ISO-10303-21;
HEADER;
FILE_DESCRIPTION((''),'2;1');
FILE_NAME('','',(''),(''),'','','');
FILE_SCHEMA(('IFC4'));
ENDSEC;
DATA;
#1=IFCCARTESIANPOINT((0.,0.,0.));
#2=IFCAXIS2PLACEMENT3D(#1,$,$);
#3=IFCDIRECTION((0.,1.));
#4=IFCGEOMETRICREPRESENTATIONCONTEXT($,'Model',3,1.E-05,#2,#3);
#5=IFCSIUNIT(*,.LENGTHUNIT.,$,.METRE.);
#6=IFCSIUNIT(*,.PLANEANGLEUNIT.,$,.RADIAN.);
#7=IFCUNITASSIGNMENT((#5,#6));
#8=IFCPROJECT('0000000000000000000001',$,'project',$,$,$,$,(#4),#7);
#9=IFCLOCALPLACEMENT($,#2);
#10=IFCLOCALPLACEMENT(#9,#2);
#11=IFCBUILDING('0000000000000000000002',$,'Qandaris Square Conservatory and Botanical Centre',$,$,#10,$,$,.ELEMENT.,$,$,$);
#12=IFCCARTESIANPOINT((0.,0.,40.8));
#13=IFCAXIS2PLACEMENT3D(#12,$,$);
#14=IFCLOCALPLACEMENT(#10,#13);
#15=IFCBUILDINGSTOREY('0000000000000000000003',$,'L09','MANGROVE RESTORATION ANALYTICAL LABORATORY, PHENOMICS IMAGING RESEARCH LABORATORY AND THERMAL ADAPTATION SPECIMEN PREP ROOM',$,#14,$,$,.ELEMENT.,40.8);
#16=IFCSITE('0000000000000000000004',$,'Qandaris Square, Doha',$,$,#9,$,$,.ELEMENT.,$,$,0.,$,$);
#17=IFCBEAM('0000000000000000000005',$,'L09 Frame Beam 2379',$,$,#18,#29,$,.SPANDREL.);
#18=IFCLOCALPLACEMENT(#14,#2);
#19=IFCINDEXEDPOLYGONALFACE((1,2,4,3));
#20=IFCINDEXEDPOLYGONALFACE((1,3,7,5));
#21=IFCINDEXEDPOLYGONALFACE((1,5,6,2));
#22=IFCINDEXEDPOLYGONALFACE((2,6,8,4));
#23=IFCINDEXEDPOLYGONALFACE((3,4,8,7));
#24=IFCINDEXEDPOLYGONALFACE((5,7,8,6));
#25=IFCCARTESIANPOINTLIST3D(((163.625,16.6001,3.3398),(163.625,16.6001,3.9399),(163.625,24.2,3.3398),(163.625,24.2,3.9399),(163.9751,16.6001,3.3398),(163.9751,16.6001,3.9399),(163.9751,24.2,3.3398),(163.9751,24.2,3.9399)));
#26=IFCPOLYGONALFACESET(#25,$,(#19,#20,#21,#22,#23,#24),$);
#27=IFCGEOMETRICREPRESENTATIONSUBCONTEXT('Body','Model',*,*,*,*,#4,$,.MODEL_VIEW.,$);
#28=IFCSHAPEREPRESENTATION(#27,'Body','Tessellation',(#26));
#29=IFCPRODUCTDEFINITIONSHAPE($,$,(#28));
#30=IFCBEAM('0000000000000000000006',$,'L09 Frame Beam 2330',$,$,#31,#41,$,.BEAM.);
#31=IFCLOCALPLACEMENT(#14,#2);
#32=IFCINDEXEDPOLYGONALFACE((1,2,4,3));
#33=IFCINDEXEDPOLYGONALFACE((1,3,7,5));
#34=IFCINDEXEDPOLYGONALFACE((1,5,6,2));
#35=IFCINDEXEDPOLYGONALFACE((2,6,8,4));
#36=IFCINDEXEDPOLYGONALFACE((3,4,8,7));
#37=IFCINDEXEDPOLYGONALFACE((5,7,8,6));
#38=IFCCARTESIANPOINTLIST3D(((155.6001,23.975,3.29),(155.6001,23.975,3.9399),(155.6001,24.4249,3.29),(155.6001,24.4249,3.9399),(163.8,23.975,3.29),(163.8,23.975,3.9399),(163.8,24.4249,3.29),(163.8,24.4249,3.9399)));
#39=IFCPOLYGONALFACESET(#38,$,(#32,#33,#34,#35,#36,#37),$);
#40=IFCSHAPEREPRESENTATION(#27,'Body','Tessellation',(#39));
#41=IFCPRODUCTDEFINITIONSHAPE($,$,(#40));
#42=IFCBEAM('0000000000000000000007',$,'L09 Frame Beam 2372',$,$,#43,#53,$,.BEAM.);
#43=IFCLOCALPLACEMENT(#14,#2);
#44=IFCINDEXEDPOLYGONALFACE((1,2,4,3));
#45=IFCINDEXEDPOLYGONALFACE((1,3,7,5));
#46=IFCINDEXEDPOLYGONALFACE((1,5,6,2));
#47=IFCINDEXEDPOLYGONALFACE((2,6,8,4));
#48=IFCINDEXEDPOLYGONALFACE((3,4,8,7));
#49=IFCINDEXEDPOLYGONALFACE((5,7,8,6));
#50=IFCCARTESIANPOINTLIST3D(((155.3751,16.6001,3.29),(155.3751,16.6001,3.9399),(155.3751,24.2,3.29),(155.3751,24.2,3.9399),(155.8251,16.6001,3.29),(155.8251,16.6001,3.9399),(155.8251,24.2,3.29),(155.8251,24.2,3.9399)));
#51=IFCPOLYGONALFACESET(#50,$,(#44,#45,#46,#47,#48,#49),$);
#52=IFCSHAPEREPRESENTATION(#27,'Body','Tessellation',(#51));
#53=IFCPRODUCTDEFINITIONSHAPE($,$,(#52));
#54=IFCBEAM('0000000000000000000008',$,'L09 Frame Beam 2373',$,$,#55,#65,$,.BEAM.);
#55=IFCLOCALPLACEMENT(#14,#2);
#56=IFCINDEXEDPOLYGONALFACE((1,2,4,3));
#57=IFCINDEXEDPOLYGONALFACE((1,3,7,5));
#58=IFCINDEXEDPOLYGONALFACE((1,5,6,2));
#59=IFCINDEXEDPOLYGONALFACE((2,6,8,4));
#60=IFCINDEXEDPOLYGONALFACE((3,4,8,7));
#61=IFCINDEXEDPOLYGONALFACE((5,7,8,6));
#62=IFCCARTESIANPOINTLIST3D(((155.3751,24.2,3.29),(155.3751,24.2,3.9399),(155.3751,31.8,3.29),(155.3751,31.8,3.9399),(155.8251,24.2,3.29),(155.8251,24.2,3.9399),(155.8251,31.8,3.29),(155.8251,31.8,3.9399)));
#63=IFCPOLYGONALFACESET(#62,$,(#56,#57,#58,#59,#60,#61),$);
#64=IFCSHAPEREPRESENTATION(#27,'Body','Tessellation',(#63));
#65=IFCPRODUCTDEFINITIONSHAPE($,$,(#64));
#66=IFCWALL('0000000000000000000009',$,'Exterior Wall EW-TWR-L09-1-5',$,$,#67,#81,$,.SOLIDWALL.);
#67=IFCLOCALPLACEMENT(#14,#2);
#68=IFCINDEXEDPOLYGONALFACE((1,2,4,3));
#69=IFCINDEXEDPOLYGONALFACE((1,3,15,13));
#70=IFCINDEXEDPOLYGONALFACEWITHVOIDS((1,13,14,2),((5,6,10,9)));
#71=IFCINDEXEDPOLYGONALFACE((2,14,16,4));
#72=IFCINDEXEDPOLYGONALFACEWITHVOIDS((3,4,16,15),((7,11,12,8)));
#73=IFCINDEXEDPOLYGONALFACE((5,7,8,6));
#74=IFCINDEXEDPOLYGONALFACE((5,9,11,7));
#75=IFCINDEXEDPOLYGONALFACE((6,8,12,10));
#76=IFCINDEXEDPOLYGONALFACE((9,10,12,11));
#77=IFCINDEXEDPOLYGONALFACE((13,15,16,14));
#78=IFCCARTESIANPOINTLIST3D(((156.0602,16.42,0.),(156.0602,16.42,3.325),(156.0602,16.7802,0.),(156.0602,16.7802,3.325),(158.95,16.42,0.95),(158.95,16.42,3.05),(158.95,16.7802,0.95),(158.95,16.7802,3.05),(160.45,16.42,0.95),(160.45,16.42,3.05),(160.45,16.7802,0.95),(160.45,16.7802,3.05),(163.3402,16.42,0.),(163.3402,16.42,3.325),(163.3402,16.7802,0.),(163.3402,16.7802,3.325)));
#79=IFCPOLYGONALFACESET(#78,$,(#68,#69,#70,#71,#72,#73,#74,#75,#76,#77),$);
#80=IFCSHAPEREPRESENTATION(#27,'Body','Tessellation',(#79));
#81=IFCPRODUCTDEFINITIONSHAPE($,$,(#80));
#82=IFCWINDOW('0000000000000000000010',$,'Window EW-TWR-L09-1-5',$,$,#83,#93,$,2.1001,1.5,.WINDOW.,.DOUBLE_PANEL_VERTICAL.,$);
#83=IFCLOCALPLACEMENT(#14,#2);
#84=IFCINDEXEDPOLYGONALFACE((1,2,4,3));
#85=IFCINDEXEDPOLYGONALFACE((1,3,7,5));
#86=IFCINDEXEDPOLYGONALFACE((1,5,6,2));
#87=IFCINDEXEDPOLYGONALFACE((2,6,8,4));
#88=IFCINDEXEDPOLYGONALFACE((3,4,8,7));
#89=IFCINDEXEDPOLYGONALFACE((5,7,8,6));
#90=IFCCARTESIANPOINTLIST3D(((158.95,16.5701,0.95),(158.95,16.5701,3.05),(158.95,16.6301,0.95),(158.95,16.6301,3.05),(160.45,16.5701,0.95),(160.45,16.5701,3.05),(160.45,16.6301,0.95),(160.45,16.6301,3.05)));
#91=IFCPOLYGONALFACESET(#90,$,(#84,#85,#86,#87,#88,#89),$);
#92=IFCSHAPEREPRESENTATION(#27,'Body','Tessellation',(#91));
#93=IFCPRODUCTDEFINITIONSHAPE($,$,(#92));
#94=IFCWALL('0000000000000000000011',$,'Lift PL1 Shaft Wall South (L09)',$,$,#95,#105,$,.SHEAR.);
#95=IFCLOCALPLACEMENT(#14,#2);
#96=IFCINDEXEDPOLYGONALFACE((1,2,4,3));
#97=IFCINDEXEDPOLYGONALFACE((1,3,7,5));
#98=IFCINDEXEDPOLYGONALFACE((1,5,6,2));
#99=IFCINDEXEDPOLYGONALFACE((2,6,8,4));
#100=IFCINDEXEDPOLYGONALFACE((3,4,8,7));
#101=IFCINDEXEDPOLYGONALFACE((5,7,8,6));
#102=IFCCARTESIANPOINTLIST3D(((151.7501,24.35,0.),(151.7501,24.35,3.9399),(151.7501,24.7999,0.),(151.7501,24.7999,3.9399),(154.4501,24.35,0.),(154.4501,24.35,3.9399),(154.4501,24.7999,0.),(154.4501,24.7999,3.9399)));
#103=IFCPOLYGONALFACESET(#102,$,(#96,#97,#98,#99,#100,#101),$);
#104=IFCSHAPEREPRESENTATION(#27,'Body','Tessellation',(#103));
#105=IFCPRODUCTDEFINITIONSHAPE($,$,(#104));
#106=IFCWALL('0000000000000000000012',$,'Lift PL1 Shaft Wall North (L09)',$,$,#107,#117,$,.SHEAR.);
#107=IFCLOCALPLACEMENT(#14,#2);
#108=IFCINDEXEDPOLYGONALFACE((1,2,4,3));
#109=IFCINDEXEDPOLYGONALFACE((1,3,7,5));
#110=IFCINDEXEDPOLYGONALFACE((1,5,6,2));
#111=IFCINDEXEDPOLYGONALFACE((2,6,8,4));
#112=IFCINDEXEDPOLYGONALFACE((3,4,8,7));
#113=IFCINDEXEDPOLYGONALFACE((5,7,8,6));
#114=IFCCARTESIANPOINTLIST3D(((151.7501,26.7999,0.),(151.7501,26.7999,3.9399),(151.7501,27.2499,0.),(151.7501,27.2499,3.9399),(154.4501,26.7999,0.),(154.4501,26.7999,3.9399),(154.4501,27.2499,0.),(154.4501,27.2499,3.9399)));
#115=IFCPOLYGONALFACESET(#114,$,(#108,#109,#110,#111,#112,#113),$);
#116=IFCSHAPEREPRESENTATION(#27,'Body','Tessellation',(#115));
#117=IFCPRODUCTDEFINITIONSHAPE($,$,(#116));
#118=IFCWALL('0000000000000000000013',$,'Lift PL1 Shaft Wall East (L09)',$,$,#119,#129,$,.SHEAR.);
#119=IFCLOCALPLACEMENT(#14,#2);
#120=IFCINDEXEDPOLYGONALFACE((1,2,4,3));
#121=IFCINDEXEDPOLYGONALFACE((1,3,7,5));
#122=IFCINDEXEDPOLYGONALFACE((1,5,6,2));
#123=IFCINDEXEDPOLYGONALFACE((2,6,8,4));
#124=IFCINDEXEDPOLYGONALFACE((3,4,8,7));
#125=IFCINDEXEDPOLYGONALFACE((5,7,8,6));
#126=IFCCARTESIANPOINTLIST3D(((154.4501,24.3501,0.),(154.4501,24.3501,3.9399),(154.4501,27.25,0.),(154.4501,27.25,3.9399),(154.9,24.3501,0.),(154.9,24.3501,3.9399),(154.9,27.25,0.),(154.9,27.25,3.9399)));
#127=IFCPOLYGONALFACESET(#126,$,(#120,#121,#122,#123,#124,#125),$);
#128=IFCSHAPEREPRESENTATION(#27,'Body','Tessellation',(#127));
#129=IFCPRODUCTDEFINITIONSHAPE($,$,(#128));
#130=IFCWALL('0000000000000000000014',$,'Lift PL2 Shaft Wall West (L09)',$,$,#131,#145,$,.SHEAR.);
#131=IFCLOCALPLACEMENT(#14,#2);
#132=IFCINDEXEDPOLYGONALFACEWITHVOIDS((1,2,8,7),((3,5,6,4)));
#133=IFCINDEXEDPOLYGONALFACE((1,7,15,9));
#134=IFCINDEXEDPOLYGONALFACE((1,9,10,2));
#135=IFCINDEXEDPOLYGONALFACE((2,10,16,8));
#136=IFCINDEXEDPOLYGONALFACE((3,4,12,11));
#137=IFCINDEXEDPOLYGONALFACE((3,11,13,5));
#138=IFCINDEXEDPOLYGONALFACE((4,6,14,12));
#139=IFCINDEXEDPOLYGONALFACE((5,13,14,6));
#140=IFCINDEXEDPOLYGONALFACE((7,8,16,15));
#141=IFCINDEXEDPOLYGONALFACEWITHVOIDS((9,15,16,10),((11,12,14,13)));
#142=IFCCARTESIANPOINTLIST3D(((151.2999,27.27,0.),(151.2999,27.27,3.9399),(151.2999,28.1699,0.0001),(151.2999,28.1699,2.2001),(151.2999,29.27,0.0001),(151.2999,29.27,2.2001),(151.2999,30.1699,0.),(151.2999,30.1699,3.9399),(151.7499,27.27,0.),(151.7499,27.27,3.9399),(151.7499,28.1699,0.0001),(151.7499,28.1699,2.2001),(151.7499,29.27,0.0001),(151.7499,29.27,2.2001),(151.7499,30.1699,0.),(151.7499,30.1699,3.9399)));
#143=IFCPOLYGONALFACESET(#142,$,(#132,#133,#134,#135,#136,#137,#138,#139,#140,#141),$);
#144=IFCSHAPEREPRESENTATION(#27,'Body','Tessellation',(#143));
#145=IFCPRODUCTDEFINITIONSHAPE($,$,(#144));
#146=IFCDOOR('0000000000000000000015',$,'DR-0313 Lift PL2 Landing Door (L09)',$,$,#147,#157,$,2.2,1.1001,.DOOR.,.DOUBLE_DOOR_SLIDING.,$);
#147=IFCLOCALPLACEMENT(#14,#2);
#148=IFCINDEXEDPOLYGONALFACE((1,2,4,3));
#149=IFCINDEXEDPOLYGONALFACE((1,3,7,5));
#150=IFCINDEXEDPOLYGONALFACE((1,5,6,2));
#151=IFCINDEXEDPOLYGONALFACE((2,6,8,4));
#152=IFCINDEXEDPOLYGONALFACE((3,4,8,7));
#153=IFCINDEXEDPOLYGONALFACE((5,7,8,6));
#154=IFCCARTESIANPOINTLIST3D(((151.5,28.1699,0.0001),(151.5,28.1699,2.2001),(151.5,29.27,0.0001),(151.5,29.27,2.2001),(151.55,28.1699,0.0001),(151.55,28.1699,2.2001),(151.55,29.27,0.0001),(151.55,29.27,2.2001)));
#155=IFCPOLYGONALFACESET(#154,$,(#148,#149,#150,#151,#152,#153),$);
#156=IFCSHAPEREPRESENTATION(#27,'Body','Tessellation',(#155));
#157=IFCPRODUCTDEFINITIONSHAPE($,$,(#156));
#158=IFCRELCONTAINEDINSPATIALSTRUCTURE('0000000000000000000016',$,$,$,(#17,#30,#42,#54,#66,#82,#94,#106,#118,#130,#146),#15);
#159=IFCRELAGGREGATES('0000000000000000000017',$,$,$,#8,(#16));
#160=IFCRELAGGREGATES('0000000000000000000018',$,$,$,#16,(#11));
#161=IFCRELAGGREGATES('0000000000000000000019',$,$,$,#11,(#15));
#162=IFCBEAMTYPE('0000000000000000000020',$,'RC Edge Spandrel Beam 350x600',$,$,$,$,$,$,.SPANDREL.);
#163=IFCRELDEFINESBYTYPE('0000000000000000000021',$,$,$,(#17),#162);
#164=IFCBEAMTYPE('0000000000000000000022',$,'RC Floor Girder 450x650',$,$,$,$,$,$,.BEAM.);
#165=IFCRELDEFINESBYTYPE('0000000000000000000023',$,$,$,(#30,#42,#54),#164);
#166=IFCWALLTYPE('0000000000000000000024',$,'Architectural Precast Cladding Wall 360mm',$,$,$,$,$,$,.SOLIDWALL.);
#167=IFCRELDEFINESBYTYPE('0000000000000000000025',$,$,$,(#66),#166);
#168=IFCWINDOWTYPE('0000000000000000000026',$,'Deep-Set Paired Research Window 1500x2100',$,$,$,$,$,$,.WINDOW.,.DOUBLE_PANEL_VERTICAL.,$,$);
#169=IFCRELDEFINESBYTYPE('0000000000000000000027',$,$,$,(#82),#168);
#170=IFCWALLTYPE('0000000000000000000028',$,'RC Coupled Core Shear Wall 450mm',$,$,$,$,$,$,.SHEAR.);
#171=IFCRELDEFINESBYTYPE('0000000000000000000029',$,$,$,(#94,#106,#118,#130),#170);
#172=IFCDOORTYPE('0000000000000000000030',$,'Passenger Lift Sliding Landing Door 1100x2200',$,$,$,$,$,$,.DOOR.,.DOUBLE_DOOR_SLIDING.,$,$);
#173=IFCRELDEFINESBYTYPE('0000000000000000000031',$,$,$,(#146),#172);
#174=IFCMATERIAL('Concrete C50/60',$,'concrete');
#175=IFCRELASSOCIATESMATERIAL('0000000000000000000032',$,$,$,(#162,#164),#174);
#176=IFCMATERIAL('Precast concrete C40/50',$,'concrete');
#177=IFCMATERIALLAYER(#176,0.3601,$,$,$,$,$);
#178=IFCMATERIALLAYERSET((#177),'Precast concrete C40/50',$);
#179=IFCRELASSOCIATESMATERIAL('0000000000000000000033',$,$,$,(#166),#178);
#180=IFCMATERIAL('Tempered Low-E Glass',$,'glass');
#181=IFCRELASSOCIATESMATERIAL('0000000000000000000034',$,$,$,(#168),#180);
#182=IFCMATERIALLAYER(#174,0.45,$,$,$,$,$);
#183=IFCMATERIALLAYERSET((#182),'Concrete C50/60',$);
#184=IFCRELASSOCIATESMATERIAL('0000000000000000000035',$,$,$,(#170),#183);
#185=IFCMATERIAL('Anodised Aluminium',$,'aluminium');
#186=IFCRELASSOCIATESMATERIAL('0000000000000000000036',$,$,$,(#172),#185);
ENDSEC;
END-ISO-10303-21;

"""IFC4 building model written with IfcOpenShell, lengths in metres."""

from ifc_helpers import new_model, si_unit, direction, frame, frame_2d, origin, origin_2d, place, context, subcontext, project, spatial, rectangle, extrude, material, layer, layer_set, material_profile, profile_set, type_object, element, fill, save


model = new_model("IFC4")

# Units and contexts
model_context = context("Model", 3, precision=1e-05, world=origin(), true_north=direction((0.0, 1.0)))
body_context = subcontext(model_context, "Body", "Model", "MODEL_VIEW")
ifc_project = project(units=[si_unit("LENGTHUNIT", "METRE"), si_unit("PLANEANGLEUNIT", "RADIAN")], contexts=[model_context])

# Site, building, storey
site_placement = place(None, origin())
site = spatial("IfcSite", under=ifc_project, at=site_placement, Name="Qandaris Square, Doha", CompositionType="ELEMENT", RefElevation=0.0)
building_placement = place(site_placement, origin())
building = spatial("IfcBuilding", under=site, at=building_placement, Name="Qandaris Square Conservatory and Botanical Centre", CompositionType="ELEMENT")
storey_placement = place(building_placement, frame((0.0, 0.0, 40.8)))
storey = spatial("IfcBuildingStorey", under=building, at=storey_placement, Name="L09", Description="MANGROVE RESTORATION ANALYTICAL LABORATORY, PHENOMICS IMAGING RESEARCH LABORATORY AND THERMAL ADAPTATION SPECIMEN PREP ROOM", CompositionType="ELEMENT", Elevation=40.8)

# Shared definitions
ifc_material_1 = material(Name="Concrete C50/60", Category="concrete")

# Beams
ifc_material_profile_1 = material_profile(ifc_material_1, rectangle(XDim=0.3501, YDim=0.6001, at=origin_2d()), Name="RC-SP 350x600")
ifc_profile_set_1 = profile_set([ifc_material_profile_1], Name="Concrete C50/60")
beam_type_1 = type_object("IfcBeamType", Name="RC Edge Spandrel Beam 350x600", PredefinedType="SPANDREL", material=ifc_profile_set_1)
beam_1_placement = place(storey_placement, frame((163.8, 16.6001, 3.6399), z_axis=(0.0, 1.0, 0.0), x_axis=(-1.0, 0.0, 0.0)))
element("IfcBeam", 1, at=beam_1_placement, inside=storey, type_object=beam_type_1, Name="L09 Frame Beam 2379", PredefinedType="SPANDREL", context=body_context, shape_type="SweptSolid", body=[
    extrude(rectangle(XDim=0.3501, YDim=0.6001, at=origin_2d()), origin(), (0.0, 0.0, 1.0), 7.5999),
])
ifc_material_profile_2 = material_profile(ifc_material_1, rectangle(XDim=0.45, YDim=0.6499, at=origin_2d()), Name="RC-BM 450x650")
ifc_profile_set_2 = profile_set([ifc_material_profile_2], Name="Concrete C50/60")
beam_type_2 = type_object("IfcBeamType", Name="RC Floor Girder 450x650", PredefinedType="BEAM", material=ifc_profile_set_2)
beam_2_placement = place(storey_placement, frame((155.6001, 24.2, 3.615), z_axis=(1.0, 0.0, 0.0), x_axis=(0.0, 1.0, 0.0)))
element("IfcBeam", 2, at=beam_2_placement, inside=storey, type_object=beam_type_2, Name="L09 Frame Beam 2330", PredefinedType="BEAM", context=body_context, shape_type="SweptSolid", body=[
    extrude(rectangle(XDim=0.45, YDim=0.6499, at=origin_2d()), origin(), (0.0, 0.0, 1.0), 8.2),
])
beam_3_placement = place(storey_placement, frame((155.6001, 16.6001, 3.615), z_axis=(0.0, 1.0, 0.0), x_axis=(-1.0, 0.0, 0.0)))
element("IfcBeam", 3, at=beam_3_placement, inside=storey, type_object=beam_type_2, Name="L09 Frame Beam 2372", PredefinedType="BEAM", context=body_context, shape_type="SweptSolid", body=[
    extrude(rectangle(XDim=0.45, YDim=0.6499, at=origin_2d()), origin(), (0.0, 0.0, 1.0), 7.5999),
])
beam_4_placement = place(storey_placement, frame((155.6001, 24.2, 3.615), z_axis=(0.0, 1.0, 0.0), x_axis=(-1.0, 0.0, 0.0)))
element("IfcBeam", 4, at=beam_4_placement, inside=storey, type_object=beam_type_2, Name="L09 Frame Beam 2373", PredefinedType="BEAM", context=body_context, shape_type="SweptSolid", body=[
    extrude(rectangle(XDim=0.45, YDim=0.6499, at=origin_2d()), origin(), (0.0, 0.0, 1.0), 7.6001),
])

# Wall, opening, window
ifc_material_2 = material(Name="Precast concrete C40/50", Category="concrete")
ifc_layer_1 = layer(ifc_material_2, 0.3601)
ifc_layer_set_1 = layer_set([ifc_layer_1], Name="Precast concrete C40/50")
wall_type_1 = type_object("IfcWallType", Name="Architectural Precast Cladding Wall 360mm", PredefinedType="SOLIDWALL", material=ifc_layer_set_1)
wall_1_placement = place(storey_placement, frame((156.0601, 16.6001, 0.0), z_axis=(0.0, 0.0, 1.0), x_axis=(1.0, 0.0, 0.0)))
wall_1 = element("IfcWall", 5, at=wall_1_placement, inside=storey, type_object=wall_type_1, Name="Exterior Wall EW-TWR-L09-1-5", PredefinedType="SOLIDWALL", context=body_context, shape_type="SweptSolid", body=[
    extrude(rectangle(XDim=7.28, YDim=0.3601, at=frame_2d((3.6401, 0.0))), origin(), (0.0, 0.0, 1.0), 3.325),
])
opening_1_placement = place(wall_1_placement, frame((2.8899, 0.0, 0.95)))
opening_1 = element("IfcOpeningElement", 6, at=opening_1_placement, cuts=wall_1, PredefinedType="OPENING", context=body_context, shape_type="SweptSolid", body=[
    extrude(rectangle(XDim=1.5, YDim=2.1001, at=frame_2d((0.75, 1.05))), frame((0.0, 0.1919, 0.0), z_axis=(0.0, -1.0, 0.0), x_axis=(1.0, 0.0, 0.0)), (0.0, 0.0, 1.0), 0.384),
])
ifc_material_3 = material(Name="Tempered Low-E Glass", Category="glass")
window_type = type_object("IfcWindowType", Name="Deep-Set Paired Research Window 1500x2100", PartitioningType="DOUBLE_PANEL_VERTICAL", PredefinedType="WINDOW", material=ifc_material_3)
window_placement = place(opening_1_placement, origin())
window = element("IfcWindow", 7, at=window_placement, inside=storey, type_object=window_type, Name="Window EW-TWR-L09-1-5", OverallHeight=2.1001, OverallWidth=1.5, PartitioningType="DOUBLE_PANEL_VERTICAL", PredefinedType="WINDOW", context=body_context, shape_type="SweptSolid", body=[
    extrude(rectangle(XDim=1.5, YDim=2.1001, at=frame_2d((0.75, 1.05))), frame((0.0, 0.03, 0.0), z_axis=(0.0, -1.0, 0.0), x_axis=(1.0, 0.0, 0.0)), (0.0, 0.0, 1.0), 0.0601),
])
fill(opening_1, window)

# Walls
ifc_layer_2 = layer(ifc_material_1, 0.45)
ifc_layer_set_2 = layer_set([ifc_layer_2], Name="Concrete C50/60")
wall_type_2 = type_object("IfcWallType", Name="RC Coupled Core Shear Wall 450mm", PredefinedType="SHEAR", material=ifc_layer_set_2)
for number, where, z_axis, x_axis, name in (
    (8, (151.75, 24.575, 0.0), (0.0, 0.0, 1.0), (1.0, 0.0, 0.0), "Lift PL1 Shaft Wall South (L09)"),
    (9, (151.75, 27.0249, 0.0), (0.0, 0.0, 1.0), (1.0, 0.0, 0.0), "Lift PL1 Shaft Wall North (L09)"),
):
    element("IfcWall", number, at=place(storey_placement, frame(where, z_axis=z_axis, x_axis=x_axis)), inside=storey, type_object=wall_type_2, Name=name, PredefinedType="SHEAR", context=body_context, shape_type="SweptSolid", body=[
        extrude(rectangle(XDim=2.7, YDim=0.45, at=frame_2d((1.3501, 0.0))), origin(), (0.0, 0.0, 1.0), 3.9399),
    ])
wall_2_placement = place(storey_placement, frame((154.675, 24.3501, 0.0), z_axis=(0.0, 0.0, 1.0), x_axis=(0.0, 1.0, 0.0)))
element("IfcWall", 10, at=wall_2_placement, inside=storey, type_object=wall_type_2, Name="Lift PL1 Shaft Wall East (L09)", PredefinedType="SHEAR", context=body_context, shape_type="SweptSolid", body=[
    extrude(rectangle(XDim=2.8999, YDim=0.45, at=frame_2d((1.45, 0.0))), origin(), (0.0, 0.0, 1.0), 3.9399),
])

# Wall, opening, door
wall_3_placement = place(storey_placement, frame((151.5249, 27.27, 0.0), z_axis=(0.0, 0.0, 1.0), x_axis=(0.0, 1.0, 0.0)))
wall_3 = element("IfcWall", 11, at=wall_3_placement, inside=storey, type_object=wall_type_2, Name="Lift PL2 Shaft Wall West (L09)", PredefinedType="SHEAR", context=body_context, shape_type="SweptSolid", body=[
    extrude(rectangle(XDim=2.8999, YDim=0.45, at=frame_2d((1.45, 0.0))), origin(), (0.0, 0.0, 1.0), 3.9399),
])
opening_2_placement = place(wall_3_placement, frame((0.8999, 0.0, 0.0)))
opening_2 = element("IfcOpeningElement", 12, at=opening_2_placement, cuts=wall_3, PredefinedType="OPENING", context=body_context, shape_type="SweptSolid", body=[
    extrude(rectangle(XDim=1.1001, YDim=2.2, at=frame_2d((0.55, 1.1001))), frame((0.0, 0.2368, 0.0), z_axis=(0.0, -1.0, 0.0), x_axis=(1.0, 0.0, 0.0)), (0.0, 0.0, 1.0), 0.4739),
])
ifc_material_4 = material(Name="Anodised Aluminium", Category="aluminium")
door_type = type_object("IfcDoorType", Name="Passenger Lift Sliding Landing Door 1100x2200", OperationType="DOUBLE_DOOR_SLIDING", PredefinedType="DOOR", material=ifc_material_4)
door_placement = place(opening_2_placement, origin())
door = element("IfcDoor", 13, at=door_placement, inside=storey, type_object=door_type, Name="DR-0313 Lift PL2 Landing Door (L09)", OperationType="DOUBLE_DOOR_SLIDING", OverallHeight=2.2, OverallWidth=1.1001, PredefinedType="DOOR", context=body_context, shape_type="SweptSolid", body=[
    extrude(rectangle(XDim=1.1001, YDim=2.2, at=frame_2d((0.55, 1.1001))), frame((0.0, 0.0249, 0.0), z_axis=(0.0, -1.0, 0.0), x_axis=(1.0, 0.0, 0.0)), (0.0, 0.0, 1.0), 0.05),
])
fill(opening_2, door)

save(model, "model.ifc")
